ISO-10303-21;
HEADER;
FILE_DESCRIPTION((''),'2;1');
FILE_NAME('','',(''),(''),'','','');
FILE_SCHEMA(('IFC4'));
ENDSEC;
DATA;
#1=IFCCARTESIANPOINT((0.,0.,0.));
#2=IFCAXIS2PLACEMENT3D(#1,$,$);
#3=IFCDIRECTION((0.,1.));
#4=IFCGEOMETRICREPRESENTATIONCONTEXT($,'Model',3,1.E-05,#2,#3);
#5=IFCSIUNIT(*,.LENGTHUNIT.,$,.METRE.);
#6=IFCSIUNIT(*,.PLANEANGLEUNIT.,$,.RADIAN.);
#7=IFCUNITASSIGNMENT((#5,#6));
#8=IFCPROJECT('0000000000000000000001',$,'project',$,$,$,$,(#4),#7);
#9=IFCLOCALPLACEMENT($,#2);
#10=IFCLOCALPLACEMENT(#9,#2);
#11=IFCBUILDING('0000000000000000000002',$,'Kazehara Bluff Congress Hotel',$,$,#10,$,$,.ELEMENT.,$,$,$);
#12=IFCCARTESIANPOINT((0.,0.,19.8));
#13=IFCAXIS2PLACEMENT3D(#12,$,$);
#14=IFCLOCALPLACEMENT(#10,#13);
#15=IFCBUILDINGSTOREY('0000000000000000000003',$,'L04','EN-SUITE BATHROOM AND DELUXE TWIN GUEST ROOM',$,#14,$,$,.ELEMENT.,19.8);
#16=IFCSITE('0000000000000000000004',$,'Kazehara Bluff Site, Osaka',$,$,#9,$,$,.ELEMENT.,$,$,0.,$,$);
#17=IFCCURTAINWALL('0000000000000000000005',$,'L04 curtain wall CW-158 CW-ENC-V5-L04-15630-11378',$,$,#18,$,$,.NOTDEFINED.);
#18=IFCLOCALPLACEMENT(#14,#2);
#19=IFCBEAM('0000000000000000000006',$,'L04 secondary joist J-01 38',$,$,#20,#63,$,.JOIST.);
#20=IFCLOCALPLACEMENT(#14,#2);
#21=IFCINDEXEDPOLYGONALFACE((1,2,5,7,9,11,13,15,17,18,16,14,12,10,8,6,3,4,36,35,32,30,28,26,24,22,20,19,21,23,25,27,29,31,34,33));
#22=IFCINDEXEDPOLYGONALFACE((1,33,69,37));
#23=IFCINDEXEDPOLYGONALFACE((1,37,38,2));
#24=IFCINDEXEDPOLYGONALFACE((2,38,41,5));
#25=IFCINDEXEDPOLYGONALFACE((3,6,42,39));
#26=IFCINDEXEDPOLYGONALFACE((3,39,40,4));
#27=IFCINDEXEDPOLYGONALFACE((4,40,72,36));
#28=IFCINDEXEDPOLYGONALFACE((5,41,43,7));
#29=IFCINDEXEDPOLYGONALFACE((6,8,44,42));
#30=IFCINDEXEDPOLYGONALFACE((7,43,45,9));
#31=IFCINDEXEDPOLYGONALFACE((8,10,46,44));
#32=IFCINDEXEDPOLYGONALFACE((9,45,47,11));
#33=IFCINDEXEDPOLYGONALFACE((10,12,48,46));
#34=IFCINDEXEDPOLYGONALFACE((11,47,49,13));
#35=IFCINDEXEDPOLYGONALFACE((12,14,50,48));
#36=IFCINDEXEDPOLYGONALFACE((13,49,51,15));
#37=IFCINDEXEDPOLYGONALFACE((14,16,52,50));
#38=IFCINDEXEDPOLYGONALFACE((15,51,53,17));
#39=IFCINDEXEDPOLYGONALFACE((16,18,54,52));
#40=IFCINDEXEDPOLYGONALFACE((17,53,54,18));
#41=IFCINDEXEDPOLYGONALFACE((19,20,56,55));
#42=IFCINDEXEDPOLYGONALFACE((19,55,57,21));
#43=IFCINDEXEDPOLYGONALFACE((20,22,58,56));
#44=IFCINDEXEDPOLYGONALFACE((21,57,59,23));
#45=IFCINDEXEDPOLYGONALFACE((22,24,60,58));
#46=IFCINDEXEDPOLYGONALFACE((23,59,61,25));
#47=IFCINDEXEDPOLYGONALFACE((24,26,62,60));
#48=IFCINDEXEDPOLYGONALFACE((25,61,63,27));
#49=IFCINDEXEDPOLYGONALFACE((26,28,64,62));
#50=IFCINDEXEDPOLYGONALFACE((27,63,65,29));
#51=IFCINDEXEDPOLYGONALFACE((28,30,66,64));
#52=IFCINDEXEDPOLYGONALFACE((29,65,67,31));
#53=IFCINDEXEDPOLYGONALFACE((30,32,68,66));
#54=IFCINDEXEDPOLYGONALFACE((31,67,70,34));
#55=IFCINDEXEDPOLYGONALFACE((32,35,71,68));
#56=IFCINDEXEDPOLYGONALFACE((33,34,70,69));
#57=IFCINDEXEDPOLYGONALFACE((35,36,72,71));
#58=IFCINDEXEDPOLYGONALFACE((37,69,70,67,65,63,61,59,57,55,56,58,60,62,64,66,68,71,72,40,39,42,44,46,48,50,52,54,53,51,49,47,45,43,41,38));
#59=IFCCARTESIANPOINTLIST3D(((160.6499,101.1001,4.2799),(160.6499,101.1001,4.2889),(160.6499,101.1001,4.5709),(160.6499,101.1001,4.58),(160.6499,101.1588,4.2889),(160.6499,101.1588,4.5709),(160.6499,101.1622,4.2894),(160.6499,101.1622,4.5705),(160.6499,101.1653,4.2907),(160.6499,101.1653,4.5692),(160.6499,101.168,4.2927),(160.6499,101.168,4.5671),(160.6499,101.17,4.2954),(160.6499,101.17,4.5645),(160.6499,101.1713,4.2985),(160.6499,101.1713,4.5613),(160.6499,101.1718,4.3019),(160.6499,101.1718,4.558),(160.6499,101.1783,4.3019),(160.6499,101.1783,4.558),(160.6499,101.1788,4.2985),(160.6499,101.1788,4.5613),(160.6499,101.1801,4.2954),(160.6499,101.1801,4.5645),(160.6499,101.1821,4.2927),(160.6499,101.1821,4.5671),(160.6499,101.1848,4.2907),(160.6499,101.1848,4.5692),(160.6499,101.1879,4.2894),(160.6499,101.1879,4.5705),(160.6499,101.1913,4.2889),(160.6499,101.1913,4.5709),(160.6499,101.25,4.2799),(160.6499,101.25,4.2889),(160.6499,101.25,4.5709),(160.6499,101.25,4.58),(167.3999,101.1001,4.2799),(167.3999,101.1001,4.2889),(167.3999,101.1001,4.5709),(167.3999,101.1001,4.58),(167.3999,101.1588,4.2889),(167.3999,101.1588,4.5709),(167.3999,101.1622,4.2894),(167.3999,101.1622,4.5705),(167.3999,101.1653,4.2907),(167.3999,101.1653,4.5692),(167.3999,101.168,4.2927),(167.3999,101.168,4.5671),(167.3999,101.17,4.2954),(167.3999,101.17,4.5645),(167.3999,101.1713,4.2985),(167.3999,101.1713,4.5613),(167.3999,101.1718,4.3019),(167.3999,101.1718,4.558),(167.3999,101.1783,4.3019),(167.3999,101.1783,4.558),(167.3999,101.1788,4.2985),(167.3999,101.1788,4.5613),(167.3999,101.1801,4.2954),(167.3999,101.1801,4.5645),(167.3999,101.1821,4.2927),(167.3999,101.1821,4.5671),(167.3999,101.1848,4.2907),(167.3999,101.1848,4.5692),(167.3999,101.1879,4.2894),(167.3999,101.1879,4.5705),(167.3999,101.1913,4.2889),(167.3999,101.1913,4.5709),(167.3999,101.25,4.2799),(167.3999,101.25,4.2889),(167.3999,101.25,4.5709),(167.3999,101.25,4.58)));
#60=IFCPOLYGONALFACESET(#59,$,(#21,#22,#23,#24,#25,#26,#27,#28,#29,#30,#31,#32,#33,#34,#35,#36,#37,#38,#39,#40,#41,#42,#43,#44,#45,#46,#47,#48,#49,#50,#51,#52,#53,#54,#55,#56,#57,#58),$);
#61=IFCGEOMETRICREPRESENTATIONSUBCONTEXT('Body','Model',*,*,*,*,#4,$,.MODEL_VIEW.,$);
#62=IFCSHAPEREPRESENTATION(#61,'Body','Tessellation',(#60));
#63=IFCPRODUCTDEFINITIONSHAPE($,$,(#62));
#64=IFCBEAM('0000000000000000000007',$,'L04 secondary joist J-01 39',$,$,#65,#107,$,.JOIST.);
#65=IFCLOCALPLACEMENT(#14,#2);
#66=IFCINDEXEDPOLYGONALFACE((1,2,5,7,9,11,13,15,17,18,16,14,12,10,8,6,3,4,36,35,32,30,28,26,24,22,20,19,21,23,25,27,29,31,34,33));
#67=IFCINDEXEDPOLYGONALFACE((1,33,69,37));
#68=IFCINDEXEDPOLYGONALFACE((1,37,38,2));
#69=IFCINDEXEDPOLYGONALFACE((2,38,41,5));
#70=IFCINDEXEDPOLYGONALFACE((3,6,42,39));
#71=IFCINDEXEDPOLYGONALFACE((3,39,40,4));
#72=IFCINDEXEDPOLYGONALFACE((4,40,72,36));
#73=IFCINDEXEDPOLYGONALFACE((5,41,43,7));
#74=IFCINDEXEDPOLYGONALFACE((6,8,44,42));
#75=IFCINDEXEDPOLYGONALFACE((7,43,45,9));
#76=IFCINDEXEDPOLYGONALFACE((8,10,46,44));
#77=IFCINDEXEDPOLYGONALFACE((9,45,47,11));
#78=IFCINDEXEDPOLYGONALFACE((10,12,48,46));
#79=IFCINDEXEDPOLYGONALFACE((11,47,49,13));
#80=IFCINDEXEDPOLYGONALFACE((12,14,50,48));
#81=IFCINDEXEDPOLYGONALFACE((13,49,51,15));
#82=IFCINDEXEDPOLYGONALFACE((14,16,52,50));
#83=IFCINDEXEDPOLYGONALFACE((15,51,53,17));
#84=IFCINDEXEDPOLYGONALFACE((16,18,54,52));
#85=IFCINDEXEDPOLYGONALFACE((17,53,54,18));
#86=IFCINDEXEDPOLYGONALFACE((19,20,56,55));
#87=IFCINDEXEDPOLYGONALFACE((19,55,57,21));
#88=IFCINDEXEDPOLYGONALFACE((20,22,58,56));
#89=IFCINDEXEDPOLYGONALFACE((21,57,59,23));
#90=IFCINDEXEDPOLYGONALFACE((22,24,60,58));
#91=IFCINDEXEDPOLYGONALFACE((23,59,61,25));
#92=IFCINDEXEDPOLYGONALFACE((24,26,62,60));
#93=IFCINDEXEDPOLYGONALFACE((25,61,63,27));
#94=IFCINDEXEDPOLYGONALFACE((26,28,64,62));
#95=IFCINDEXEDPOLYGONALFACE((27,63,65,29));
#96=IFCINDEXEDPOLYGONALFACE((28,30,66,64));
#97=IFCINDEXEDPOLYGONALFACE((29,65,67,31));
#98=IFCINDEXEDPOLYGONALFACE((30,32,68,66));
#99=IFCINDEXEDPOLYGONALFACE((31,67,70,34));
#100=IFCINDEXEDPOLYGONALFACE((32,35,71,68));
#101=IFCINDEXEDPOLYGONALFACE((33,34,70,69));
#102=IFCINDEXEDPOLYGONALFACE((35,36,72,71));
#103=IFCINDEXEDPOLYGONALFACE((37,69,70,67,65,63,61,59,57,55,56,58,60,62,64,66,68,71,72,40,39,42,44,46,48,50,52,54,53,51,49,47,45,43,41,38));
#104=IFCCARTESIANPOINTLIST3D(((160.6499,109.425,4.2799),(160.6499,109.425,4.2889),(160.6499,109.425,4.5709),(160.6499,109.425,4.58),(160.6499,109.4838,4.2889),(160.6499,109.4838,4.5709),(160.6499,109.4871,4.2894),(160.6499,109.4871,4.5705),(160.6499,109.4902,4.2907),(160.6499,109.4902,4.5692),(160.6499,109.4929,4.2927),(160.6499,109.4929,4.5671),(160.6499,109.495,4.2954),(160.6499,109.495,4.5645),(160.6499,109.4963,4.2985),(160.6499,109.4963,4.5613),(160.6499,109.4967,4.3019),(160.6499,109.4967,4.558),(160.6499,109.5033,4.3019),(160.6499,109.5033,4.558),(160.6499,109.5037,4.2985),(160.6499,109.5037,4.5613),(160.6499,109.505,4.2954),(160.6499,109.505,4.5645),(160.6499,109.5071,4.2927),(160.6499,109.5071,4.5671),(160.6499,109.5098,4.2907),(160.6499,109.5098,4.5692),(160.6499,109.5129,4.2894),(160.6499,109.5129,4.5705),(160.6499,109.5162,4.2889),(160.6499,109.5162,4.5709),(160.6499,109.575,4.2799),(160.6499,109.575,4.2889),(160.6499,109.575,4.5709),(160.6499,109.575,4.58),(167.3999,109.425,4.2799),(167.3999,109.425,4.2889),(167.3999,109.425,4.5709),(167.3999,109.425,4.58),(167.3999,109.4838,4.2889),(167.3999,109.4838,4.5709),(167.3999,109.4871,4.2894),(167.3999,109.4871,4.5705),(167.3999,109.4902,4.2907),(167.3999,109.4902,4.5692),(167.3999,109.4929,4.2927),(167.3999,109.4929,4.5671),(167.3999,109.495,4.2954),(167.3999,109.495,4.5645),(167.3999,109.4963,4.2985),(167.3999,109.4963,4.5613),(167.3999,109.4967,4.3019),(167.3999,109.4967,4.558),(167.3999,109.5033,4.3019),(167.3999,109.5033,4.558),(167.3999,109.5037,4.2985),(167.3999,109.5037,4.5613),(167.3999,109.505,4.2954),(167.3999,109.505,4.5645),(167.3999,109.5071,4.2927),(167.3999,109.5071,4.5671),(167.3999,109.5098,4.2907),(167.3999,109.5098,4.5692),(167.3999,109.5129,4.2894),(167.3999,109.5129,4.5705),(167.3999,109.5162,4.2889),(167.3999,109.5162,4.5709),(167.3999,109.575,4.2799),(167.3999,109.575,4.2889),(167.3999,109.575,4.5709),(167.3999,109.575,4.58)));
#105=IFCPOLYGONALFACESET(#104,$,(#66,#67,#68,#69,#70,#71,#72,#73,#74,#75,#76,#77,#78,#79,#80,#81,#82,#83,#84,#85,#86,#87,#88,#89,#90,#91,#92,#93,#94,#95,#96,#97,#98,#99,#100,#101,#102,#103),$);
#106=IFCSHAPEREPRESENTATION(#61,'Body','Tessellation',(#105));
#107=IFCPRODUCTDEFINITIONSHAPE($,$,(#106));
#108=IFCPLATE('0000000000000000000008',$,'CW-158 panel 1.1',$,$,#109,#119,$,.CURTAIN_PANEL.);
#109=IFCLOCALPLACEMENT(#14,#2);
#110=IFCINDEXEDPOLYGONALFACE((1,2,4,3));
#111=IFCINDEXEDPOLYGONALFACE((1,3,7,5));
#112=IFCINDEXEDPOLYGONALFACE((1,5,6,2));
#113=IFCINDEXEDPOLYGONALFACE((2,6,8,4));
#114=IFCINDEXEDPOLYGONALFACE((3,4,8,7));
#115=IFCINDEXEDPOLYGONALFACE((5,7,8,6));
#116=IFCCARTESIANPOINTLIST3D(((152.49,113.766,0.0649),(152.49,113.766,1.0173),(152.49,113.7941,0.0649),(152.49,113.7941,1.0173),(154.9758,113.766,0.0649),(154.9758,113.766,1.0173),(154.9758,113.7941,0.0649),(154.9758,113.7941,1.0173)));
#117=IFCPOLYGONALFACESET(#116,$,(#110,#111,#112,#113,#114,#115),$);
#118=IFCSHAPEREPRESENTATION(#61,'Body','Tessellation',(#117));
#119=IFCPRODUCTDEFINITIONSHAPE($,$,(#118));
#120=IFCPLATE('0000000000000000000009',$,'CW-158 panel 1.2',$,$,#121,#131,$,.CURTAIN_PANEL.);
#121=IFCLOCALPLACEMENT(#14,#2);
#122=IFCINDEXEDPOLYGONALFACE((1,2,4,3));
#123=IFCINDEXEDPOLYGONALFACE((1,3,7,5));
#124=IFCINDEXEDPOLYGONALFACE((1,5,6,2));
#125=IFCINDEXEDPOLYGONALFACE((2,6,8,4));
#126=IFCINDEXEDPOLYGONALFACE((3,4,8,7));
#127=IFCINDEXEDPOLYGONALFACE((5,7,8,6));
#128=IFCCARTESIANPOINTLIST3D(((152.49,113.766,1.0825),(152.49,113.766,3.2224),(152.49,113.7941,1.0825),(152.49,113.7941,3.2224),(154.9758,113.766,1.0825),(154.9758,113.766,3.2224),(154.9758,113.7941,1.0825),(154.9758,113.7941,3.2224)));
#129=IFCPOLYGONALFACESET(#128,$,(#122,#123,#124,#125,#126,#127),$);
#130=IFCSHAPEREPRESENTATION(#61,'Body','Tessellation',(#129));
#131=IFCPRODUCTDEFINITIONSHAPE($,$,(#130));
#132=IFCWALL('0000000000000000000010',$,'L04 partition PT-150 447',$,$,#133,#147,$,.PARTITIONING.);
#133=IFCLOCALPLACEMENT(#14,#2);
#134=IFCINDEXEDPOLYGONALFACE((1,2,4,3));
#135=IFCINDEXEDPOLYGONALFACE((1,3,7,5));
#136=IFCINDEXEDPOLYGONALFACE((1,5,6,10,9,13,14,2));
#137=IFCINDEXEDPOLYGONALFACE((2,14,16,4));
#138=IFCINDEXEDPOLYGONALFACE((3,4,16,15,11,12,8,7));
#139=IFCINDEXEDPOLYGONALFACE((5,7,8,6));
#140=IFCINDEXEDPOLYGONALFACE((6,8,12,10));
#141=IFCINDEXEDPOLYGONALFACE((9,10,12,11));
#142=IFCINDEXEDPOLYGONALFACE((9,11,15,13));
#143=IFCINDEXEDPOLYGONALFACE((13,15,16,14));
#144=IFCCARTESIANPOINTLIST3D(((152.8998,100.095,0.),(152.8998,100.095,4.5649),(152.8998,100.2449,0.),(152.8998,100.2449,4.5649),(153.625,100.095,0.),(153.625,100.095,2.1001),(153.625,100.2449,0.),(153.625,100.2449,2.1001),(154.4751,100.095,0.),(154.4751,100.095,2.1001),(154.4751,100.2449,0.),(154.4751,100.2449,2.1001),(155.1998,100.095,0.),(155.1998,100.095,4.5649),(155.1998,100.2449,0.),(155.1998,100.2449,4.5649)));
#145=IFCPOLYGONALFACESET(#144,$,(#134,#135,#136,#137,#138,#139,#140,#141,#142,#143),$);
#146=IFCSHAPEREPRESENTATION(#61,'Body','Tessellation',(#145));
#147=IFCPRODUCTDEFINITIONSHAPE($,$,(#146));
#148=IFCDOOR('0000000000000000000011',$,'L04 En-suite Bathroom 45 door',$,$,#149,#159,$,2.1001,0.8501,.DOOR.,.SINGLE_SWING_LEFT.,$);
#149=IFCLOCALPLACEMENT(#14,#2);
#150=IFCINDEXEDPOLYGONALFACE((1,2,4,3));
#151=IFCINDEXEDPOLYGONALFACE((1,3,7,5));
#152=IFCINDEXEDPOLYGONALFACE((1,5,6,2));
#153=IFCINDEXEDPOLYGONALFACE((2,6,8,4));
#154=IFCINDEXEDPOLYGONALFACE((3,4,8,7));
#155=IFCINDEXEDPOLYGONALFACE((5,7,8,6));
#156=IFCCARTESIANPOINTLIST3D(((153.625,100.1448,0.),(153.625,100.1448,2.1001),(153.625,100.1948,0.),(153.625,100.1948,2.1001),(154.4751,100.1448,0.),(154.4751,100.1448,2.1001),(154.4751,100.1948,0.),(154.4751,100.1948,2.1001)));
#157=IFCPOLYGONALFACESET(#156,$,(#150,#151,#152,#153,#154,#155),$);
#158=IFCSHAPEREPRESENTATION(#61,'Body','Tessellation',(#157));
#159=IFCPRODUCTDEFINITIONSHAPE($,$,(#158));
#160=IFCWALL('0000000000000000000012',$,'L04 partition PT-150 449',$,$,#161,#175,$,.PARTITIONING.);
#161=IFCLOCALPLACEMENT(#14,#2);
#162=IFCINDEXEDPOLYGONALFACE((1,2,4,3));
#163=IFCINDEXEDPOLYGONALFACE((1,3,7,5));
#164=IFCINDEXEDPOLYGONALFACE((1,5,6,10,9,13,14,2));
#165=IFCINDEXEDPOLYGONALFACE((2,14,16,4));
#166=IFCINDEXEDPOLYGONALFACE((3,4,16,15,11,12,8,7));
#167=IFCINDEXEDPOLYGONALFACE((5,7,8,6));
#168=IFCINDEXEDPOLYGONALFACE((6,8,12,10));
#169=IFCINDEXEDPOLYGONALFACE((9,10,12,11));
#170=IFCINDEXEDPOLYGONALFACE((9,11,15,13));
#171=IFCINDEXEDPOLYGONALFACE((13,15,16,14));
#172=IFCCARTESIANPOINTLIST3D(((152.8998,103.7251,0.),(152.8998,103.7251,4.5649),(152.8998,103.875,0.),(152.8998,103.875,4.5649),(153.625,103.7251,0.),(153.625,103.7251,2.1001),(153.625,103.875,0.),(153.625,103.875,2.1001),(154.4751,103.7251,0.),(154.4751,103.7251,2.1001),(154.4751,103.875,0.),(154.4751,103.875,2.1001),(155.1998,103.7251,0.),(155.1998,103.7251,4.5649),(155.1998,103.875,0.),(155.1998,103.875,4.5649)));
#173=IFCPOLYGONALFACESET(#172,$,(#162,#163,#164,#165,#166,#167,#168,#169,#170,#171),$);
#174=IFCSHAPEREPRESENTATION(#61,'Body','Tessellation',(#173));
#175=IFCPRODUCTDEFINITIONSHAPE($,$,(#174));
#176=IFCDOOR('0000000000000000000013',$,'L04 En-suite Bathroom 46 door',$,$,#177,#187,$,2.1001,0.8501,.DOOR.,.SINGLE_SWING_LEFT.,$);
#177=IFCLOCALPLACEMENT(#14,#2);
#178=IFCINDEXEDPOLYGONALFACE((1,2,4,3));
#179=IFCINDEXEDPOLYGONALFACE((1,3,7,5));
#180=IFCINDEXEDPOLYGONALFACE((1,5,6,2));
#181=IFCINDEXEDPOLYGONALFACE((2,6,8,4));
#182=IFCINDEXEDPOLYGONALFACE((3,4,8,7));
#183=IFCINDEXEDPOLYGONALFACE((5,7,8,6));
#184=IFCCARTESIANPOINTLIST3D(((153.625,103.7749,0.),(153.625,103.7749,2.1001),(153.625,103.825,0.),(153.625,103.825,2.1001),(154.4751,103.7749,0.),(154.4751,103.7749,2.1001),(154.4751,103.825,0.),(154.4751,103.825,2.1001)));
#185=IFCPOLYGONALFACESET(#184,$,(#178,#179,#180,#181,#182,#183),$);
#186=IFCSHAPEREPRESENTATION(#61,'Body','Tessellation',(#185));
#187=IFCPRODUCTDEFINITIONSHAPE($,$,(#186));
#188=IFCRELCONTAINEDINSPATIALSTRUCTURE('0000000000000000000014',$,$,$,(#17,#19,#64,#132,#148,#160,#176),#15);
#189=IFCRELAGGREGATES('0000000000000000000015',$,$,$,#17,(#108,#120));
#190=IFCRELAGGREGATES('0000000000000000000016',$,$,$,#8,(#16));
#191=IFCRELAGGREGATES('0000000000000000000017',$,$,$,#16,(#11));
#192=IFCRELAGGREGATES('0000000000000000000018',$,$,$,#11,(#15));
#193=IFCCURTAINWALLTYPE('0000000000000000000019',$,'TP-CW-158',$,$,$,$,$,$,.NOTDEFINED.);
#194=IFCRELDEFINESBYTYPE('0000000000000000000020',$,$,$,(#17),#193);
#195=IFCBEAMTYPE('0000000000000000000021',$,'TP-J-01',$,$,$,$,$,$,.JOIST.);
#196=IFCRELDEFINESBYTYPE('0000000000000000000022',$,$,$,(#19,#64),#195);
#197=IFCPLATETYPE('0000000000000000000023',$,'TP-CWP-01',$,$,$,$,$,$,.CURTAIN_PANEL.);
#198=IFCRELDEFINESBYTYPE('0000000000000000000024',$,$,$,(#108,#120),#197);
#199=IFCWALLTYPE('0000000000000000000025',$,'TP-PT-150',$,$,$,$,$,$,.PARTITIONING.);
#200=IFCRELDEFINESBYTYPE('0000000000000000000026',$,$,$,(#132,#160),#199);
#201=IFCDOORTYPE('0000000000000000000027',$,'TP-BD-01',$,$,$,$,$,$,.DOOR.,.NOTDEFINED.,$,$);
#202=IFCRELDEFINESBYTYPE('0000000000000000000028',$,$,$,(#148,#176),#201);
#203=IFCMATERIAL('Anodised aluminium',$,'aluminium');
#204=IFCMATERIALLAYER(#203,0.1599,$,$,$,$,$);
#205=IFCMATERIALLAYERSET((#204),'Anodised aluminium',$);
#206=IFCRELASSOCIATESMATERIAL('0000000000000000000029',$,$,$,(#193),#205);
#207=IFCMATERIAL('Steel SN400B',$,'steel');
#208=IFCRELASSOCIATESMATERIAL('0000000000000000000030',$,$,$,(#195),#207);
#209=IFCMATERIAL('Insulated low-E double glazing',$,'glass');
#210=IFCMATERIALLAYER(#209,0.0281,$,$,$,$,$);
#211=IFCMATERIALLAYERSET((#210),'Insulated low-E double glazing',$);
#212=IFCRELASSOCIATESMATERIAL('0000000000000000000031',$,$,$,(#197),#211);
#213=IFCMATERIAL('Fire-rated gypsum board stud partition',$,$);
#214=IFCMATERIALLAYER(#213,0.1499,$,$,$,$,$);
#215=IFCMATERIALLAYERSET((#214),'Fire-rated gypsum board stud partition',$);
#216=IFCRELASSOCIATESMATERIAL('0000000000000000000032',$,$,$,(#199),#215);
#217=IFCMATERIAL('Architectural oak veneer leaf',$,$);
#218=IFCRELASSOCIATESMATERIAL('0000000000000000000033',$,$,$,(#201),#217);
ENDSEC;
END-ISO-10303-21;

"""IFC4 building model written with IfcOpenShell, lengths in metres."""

from ifc_helpers import new_model, si_unit, direction, frame, frame_2d, origin, origin_2d, place, context, subcontext, project, spatial, rectangle, i_section, extrude, material, layer, layer_set, material_profile, profile_set, type_object, element, fill, aggregate, save


model = new_model("IFC4")

# Units and contexts
model_context = context("Model", 3, precision=1e-05, world=origin(), true_north=direction((0.0, 1.0)))
body_context = subcontext(model_context, "Body", "Model", "MODEL_VIEW")
ifc_project = project(units=[si_unit("LENGTHUNIT", "METRE"), si_unit("PLANEANGLEUNIT", "RADIAN")], contexts=[model_context])

# Site, building, storey
site_placement = place(None, origin())
site = spatial("IfcSite", under=ifc_project, at=site_placement, Name="Kazehara Bluff Site, Osaka", CompositionType="ELEMENT", RefElevation=0.0)
building_placement = place(site_placement, origin())
building = spatial("IfcBuilding", under=site, at=building_placement, Name="Kazehara Bluff Congress Hotel", CompositionType="ELEMENT")
storey_placement = place(building_placement, frame((0.0, 0.0, 19.8)))
storey = spatial("IfcBuildingStorey", under=building, at=storey_placement, Name="L04", Description="EN-SUITE BATHROOM AND DELUXE TWIN GUEST ROOM", CompositionType="ELEMENT", Elevation=19.8)

# Curtain wall
ifc_material_1 = material(Name="Anodised aluminium", Category="aluminium")
ifc_layer_1 = layer(ifc_material_1, 0.1599)
ifc_layer_set_1 = layer_set([ifc_layer_1], Name="Anodised aluminium")
curtain_wall_type = type_object("IfcCurtainWallType", Name="TP-CW-158", PredefinedType="NOTDEFINED", material=ifc_layer_set_1)
curtain_wall_placement = place(storey_placement, origin())
curtain_wall = element("IfcCurtainWall", 1, at=curtain_wall_placement, inside=storey, type_object=curtain_wall_type, Name="L04 curtain wall CW-158 CW-ENC-V5-L04-15630-11378", PredefinedType="NOTDEFINED")

# Beams
ifc_material_2 = material(Name="Steel SN400B", Category="steel")
ifc_material_profile_1 = material_profile(ifc_material_2, i_section(OverallWidth=0.1499, OverallDepth=0.3, WebThickness=0.0066, FlangeThickness=0.009, FilletRadius=0.0129, at=origin_2d()))
ifc_profile_set_1 = profile_set([ifc_material_profile_1], Name="Steel SN400B")
beam_type_1 = type_object("IfcBeamType", Name="TP-J-01", PredefinedType="JOIST", material=ifc_profile_set_1)
for number, where, z_axis, x_axis, name in (
    (2, (160.6499, 101.175, 4.4299), (1.0, 0.0, 0.0), (0.0, 1.0, 0.0), "L04 secondary joist J-01 38"),
    (3, (160.6499, 109.5, 4.4299), (1.0, 0.0, 0.0), (0.0, 1.0, 0.0), "L04 secondary joist J-01 39"),
):
    element("IfcBeam", number, at=place(storey_placement, frame(where, z_axis=z_axis, x_axis=x_axis)), inside=storey, type_object=beam_type_1, Name=name, PredefinedType="JOIST", context=body_context, shape_type="SweptSolid", body=[
        extrude(i_section(OverallWidth=0.1499, OverallDepth=0.3, WebThickness=0.0066, FlangeThickness=0.009, FilletRadius=0.0129, at=origin_2d()), origin(), (0.0, 0.0, 1.0), 6.75),
    ])

# Plates
ifc_material_3 = material(Name="Insulated low-E double glazing", Category="glass")
ifc_layer_2 = layer(ifc_material_3, 0.0281)
ifc_layer_set_2 = layer_set([ifc_layer_2], Name="Insulated low-E double glazing")
plate_type = type_object("IfcPlateType", Name="TP-CWP-01", PredefinedType="CURTAIN_PANEL", material=ifc_layer_set_2)
plate_1_placement = place(storey_placement, frame((153.7329, 113.78, 0.0649), z_axis=(0.0, 0.0, 1.0), x_axis=(1.0, 0.0, 0.0)))
plate_1 = element("IfcPlate", 4, at=plate_1_placement, type_object=plate_type, Name="CW-158 panel 1.1", PredefinedType="CURTAIN_PANEL", context=body_context, shape_type="SweptSolid", body=[
    extrude(rectangle(XDim=2.4858, YDim=0.0281, at=origin_2d()), origin(), (0.0, 0.0, 1.0), 0.9524),
])
plate_2_placement = place(storey_placement, frame((153.7329, 113.78, 1.0825), z_axis=(0.0, 0.0, 1.0), x_axis=(1.0, 0.0, 0.0)))
plate_2 = element("IfcPlate", 5, at=plate_2_placement, type_object=plate_type, Name="CW-158 panel 1.2", PredefinedType="CURTAIN_PANEL", context=body_context, shape_type="SweptSolid", body=[
    extrude(rectangle(XDim=2.4858, YDim=0.0281, at=origin_2d()), origin(), (0.0, 0.0, 1.0), 2.1399),
])
aggregate(curtain_wall, [plate_1, plate_2])

# Walls, openings, doors
ifc_material_4 = material(Name="Fire-rated gypsum board stud partition")
ifc_layer_3 = layer(ifc_material_4, 0.1499)
ifc_layer_set_3 = layer_set([ifc_layer_3], Name="Fire-rated gypsum board stud partition")
wall_type = type_object("IfcWallType", Name="TP-PT-150", PredefinedType="PARTITIONING", material=ifc_layer_set_3)
wall_1_placement = place(storey_placement, frame((152.8999, 100.1699, 0.0), z_axis=(0.0, 0.0, 1.0), x_axis=(1.0, 0.0, 0.0)))
wall_1 = element("IfcWall", 6, at=wall_1_placement, inside=storey, type_object=wall_type, Name="L04 partition PT-150 447", PredefinedType="PARTITIONING", context=body_context, shape_type="SweptSolid", body=[
    extrude(rectangle(XDim=2.3, YDim=0.1499, at=frame_2d((1.1499, 0.0))), origin(), (0.0, 0.0, 1.0), 4.5649),
])
opening_1_placement = place(wall_1_placement, frame((0.7251, 0.0, 0.0)))
opening_1 = element("IfcOpeningElement", 7, at=opening_1_placement, cuts=wall_1, PredefinedType="OPENING", context=body_context, shape_type="SweptSolid", body=[
    extrude(rectangle(XDim=0.8501, YDim=2.1001, at=frame_2d((0.425, 1.05))), frame((0.0, 0.085, 0.0), z_axis=(0.0, -1.0, 0.0), x_axis=(1.0, 0.0, 0.0)), (0.0, 0.0, 1.0), 0.1699),
])
ifc_material_5 = material(Name="Architectural oak veneer leaf")
door_type = type_object("IfcDoorType", Name="TP-BD-01", OperationType="NOTDEFINED", PredefinedType="DOOR", material=ifc_material_5)
door_1_placement = place(opening_1_placement, origin())
door_1 = element("IfcDoor", 8, at=door_1_placement, inside=storey, type_object=door_type, Name="L04 En-suite Bathroom 45 door", OperationType="SINGLE_SWING_LEFT", OverallHeight=2.1001, OverallWidth=0.8501, PredefinedType="DOOR", context=body_context, shape_type="SweptSolid", body=[
    extrude(rectangle(XDim=0.8501, YDim=2.1001, at=frame_2d((0.425, 1.05))), frame((0.0, 0.0249, 0.0), z_axis=(0.0, -1.0, 0.0), x_axis=(1.0, 0.0, 0.0)), (0.0, 0.0, 1.0), 0.05),
])
fill(opening_1, door_1)
wall_2_placement = place(storey_placement, frame((152.8999, 103.8, 0.0), z_axis=(0.0, 0.0, 1.0), x_axis=(1.0, 0.0, 0.0)))
wall_2 = element("IfcWall", 9, at=wall_2_placement, inside=storey, type_object=wall_type, Name="L04 partition PT-150 449", PredefinedType="PARTITIONING", context=body_context, shape_type="SweptSolid", body=[
    extrude(rectangle(XDim=2.3, YDim=0.1499, at=frame_2d((1.1499, 0.0))), origin(), (0.0, 0.0, 1.0), 4.5649),
])
opening_2_placement = place(wall_2_placement, frame((0.7251, 0.0, 0.0)))
opening_2 = element("IfcOpeningElement", 10, at=opening_2_placement, cuts=wall_2, PredefinedType="OPENING", context=body_context, shape_type="SweptSolid", body=[
    extrude(rectangle(XDim=0.8501, YDim=2.1001, at=frame_2d((0.425, 1.05))), frame((0.0, 0.085, 0.0), z_axis=(0.0, -1.0, 0.0), x_axis=(1.0, 0.0, 0.0)), (0.0, 0.0, 1.0), 0.1699),
])
door_2_placement = place(opening_2_placement, origin())
door_2 = element("IfcDoor", 11, at=door_2_placement, inside=storey, type_object=door_type, Name="L04 En-suite Bathroom 46 door", OperationType="SINGLE_SWING_LEFT", OverallHeight=2.1001, OverallWidth=0.8501, PredefinedType="DOOR", context=body_context, shape_type="SweptSolid", body=[
    extrude(rectangle(XDim=0.8501, YDim=2.1001, at=frame_2d((0.425, 1.05))), frame((0.0, 0.0249, 0.0), z_axis=(0.0, -1.0, 0.0), x_axis=(1.0, 0.0, 0.0)), (0.0, 0.0, 1.0), 0.05),
])
fill(opening_2, door_2)

save(model, "model.ifc")
